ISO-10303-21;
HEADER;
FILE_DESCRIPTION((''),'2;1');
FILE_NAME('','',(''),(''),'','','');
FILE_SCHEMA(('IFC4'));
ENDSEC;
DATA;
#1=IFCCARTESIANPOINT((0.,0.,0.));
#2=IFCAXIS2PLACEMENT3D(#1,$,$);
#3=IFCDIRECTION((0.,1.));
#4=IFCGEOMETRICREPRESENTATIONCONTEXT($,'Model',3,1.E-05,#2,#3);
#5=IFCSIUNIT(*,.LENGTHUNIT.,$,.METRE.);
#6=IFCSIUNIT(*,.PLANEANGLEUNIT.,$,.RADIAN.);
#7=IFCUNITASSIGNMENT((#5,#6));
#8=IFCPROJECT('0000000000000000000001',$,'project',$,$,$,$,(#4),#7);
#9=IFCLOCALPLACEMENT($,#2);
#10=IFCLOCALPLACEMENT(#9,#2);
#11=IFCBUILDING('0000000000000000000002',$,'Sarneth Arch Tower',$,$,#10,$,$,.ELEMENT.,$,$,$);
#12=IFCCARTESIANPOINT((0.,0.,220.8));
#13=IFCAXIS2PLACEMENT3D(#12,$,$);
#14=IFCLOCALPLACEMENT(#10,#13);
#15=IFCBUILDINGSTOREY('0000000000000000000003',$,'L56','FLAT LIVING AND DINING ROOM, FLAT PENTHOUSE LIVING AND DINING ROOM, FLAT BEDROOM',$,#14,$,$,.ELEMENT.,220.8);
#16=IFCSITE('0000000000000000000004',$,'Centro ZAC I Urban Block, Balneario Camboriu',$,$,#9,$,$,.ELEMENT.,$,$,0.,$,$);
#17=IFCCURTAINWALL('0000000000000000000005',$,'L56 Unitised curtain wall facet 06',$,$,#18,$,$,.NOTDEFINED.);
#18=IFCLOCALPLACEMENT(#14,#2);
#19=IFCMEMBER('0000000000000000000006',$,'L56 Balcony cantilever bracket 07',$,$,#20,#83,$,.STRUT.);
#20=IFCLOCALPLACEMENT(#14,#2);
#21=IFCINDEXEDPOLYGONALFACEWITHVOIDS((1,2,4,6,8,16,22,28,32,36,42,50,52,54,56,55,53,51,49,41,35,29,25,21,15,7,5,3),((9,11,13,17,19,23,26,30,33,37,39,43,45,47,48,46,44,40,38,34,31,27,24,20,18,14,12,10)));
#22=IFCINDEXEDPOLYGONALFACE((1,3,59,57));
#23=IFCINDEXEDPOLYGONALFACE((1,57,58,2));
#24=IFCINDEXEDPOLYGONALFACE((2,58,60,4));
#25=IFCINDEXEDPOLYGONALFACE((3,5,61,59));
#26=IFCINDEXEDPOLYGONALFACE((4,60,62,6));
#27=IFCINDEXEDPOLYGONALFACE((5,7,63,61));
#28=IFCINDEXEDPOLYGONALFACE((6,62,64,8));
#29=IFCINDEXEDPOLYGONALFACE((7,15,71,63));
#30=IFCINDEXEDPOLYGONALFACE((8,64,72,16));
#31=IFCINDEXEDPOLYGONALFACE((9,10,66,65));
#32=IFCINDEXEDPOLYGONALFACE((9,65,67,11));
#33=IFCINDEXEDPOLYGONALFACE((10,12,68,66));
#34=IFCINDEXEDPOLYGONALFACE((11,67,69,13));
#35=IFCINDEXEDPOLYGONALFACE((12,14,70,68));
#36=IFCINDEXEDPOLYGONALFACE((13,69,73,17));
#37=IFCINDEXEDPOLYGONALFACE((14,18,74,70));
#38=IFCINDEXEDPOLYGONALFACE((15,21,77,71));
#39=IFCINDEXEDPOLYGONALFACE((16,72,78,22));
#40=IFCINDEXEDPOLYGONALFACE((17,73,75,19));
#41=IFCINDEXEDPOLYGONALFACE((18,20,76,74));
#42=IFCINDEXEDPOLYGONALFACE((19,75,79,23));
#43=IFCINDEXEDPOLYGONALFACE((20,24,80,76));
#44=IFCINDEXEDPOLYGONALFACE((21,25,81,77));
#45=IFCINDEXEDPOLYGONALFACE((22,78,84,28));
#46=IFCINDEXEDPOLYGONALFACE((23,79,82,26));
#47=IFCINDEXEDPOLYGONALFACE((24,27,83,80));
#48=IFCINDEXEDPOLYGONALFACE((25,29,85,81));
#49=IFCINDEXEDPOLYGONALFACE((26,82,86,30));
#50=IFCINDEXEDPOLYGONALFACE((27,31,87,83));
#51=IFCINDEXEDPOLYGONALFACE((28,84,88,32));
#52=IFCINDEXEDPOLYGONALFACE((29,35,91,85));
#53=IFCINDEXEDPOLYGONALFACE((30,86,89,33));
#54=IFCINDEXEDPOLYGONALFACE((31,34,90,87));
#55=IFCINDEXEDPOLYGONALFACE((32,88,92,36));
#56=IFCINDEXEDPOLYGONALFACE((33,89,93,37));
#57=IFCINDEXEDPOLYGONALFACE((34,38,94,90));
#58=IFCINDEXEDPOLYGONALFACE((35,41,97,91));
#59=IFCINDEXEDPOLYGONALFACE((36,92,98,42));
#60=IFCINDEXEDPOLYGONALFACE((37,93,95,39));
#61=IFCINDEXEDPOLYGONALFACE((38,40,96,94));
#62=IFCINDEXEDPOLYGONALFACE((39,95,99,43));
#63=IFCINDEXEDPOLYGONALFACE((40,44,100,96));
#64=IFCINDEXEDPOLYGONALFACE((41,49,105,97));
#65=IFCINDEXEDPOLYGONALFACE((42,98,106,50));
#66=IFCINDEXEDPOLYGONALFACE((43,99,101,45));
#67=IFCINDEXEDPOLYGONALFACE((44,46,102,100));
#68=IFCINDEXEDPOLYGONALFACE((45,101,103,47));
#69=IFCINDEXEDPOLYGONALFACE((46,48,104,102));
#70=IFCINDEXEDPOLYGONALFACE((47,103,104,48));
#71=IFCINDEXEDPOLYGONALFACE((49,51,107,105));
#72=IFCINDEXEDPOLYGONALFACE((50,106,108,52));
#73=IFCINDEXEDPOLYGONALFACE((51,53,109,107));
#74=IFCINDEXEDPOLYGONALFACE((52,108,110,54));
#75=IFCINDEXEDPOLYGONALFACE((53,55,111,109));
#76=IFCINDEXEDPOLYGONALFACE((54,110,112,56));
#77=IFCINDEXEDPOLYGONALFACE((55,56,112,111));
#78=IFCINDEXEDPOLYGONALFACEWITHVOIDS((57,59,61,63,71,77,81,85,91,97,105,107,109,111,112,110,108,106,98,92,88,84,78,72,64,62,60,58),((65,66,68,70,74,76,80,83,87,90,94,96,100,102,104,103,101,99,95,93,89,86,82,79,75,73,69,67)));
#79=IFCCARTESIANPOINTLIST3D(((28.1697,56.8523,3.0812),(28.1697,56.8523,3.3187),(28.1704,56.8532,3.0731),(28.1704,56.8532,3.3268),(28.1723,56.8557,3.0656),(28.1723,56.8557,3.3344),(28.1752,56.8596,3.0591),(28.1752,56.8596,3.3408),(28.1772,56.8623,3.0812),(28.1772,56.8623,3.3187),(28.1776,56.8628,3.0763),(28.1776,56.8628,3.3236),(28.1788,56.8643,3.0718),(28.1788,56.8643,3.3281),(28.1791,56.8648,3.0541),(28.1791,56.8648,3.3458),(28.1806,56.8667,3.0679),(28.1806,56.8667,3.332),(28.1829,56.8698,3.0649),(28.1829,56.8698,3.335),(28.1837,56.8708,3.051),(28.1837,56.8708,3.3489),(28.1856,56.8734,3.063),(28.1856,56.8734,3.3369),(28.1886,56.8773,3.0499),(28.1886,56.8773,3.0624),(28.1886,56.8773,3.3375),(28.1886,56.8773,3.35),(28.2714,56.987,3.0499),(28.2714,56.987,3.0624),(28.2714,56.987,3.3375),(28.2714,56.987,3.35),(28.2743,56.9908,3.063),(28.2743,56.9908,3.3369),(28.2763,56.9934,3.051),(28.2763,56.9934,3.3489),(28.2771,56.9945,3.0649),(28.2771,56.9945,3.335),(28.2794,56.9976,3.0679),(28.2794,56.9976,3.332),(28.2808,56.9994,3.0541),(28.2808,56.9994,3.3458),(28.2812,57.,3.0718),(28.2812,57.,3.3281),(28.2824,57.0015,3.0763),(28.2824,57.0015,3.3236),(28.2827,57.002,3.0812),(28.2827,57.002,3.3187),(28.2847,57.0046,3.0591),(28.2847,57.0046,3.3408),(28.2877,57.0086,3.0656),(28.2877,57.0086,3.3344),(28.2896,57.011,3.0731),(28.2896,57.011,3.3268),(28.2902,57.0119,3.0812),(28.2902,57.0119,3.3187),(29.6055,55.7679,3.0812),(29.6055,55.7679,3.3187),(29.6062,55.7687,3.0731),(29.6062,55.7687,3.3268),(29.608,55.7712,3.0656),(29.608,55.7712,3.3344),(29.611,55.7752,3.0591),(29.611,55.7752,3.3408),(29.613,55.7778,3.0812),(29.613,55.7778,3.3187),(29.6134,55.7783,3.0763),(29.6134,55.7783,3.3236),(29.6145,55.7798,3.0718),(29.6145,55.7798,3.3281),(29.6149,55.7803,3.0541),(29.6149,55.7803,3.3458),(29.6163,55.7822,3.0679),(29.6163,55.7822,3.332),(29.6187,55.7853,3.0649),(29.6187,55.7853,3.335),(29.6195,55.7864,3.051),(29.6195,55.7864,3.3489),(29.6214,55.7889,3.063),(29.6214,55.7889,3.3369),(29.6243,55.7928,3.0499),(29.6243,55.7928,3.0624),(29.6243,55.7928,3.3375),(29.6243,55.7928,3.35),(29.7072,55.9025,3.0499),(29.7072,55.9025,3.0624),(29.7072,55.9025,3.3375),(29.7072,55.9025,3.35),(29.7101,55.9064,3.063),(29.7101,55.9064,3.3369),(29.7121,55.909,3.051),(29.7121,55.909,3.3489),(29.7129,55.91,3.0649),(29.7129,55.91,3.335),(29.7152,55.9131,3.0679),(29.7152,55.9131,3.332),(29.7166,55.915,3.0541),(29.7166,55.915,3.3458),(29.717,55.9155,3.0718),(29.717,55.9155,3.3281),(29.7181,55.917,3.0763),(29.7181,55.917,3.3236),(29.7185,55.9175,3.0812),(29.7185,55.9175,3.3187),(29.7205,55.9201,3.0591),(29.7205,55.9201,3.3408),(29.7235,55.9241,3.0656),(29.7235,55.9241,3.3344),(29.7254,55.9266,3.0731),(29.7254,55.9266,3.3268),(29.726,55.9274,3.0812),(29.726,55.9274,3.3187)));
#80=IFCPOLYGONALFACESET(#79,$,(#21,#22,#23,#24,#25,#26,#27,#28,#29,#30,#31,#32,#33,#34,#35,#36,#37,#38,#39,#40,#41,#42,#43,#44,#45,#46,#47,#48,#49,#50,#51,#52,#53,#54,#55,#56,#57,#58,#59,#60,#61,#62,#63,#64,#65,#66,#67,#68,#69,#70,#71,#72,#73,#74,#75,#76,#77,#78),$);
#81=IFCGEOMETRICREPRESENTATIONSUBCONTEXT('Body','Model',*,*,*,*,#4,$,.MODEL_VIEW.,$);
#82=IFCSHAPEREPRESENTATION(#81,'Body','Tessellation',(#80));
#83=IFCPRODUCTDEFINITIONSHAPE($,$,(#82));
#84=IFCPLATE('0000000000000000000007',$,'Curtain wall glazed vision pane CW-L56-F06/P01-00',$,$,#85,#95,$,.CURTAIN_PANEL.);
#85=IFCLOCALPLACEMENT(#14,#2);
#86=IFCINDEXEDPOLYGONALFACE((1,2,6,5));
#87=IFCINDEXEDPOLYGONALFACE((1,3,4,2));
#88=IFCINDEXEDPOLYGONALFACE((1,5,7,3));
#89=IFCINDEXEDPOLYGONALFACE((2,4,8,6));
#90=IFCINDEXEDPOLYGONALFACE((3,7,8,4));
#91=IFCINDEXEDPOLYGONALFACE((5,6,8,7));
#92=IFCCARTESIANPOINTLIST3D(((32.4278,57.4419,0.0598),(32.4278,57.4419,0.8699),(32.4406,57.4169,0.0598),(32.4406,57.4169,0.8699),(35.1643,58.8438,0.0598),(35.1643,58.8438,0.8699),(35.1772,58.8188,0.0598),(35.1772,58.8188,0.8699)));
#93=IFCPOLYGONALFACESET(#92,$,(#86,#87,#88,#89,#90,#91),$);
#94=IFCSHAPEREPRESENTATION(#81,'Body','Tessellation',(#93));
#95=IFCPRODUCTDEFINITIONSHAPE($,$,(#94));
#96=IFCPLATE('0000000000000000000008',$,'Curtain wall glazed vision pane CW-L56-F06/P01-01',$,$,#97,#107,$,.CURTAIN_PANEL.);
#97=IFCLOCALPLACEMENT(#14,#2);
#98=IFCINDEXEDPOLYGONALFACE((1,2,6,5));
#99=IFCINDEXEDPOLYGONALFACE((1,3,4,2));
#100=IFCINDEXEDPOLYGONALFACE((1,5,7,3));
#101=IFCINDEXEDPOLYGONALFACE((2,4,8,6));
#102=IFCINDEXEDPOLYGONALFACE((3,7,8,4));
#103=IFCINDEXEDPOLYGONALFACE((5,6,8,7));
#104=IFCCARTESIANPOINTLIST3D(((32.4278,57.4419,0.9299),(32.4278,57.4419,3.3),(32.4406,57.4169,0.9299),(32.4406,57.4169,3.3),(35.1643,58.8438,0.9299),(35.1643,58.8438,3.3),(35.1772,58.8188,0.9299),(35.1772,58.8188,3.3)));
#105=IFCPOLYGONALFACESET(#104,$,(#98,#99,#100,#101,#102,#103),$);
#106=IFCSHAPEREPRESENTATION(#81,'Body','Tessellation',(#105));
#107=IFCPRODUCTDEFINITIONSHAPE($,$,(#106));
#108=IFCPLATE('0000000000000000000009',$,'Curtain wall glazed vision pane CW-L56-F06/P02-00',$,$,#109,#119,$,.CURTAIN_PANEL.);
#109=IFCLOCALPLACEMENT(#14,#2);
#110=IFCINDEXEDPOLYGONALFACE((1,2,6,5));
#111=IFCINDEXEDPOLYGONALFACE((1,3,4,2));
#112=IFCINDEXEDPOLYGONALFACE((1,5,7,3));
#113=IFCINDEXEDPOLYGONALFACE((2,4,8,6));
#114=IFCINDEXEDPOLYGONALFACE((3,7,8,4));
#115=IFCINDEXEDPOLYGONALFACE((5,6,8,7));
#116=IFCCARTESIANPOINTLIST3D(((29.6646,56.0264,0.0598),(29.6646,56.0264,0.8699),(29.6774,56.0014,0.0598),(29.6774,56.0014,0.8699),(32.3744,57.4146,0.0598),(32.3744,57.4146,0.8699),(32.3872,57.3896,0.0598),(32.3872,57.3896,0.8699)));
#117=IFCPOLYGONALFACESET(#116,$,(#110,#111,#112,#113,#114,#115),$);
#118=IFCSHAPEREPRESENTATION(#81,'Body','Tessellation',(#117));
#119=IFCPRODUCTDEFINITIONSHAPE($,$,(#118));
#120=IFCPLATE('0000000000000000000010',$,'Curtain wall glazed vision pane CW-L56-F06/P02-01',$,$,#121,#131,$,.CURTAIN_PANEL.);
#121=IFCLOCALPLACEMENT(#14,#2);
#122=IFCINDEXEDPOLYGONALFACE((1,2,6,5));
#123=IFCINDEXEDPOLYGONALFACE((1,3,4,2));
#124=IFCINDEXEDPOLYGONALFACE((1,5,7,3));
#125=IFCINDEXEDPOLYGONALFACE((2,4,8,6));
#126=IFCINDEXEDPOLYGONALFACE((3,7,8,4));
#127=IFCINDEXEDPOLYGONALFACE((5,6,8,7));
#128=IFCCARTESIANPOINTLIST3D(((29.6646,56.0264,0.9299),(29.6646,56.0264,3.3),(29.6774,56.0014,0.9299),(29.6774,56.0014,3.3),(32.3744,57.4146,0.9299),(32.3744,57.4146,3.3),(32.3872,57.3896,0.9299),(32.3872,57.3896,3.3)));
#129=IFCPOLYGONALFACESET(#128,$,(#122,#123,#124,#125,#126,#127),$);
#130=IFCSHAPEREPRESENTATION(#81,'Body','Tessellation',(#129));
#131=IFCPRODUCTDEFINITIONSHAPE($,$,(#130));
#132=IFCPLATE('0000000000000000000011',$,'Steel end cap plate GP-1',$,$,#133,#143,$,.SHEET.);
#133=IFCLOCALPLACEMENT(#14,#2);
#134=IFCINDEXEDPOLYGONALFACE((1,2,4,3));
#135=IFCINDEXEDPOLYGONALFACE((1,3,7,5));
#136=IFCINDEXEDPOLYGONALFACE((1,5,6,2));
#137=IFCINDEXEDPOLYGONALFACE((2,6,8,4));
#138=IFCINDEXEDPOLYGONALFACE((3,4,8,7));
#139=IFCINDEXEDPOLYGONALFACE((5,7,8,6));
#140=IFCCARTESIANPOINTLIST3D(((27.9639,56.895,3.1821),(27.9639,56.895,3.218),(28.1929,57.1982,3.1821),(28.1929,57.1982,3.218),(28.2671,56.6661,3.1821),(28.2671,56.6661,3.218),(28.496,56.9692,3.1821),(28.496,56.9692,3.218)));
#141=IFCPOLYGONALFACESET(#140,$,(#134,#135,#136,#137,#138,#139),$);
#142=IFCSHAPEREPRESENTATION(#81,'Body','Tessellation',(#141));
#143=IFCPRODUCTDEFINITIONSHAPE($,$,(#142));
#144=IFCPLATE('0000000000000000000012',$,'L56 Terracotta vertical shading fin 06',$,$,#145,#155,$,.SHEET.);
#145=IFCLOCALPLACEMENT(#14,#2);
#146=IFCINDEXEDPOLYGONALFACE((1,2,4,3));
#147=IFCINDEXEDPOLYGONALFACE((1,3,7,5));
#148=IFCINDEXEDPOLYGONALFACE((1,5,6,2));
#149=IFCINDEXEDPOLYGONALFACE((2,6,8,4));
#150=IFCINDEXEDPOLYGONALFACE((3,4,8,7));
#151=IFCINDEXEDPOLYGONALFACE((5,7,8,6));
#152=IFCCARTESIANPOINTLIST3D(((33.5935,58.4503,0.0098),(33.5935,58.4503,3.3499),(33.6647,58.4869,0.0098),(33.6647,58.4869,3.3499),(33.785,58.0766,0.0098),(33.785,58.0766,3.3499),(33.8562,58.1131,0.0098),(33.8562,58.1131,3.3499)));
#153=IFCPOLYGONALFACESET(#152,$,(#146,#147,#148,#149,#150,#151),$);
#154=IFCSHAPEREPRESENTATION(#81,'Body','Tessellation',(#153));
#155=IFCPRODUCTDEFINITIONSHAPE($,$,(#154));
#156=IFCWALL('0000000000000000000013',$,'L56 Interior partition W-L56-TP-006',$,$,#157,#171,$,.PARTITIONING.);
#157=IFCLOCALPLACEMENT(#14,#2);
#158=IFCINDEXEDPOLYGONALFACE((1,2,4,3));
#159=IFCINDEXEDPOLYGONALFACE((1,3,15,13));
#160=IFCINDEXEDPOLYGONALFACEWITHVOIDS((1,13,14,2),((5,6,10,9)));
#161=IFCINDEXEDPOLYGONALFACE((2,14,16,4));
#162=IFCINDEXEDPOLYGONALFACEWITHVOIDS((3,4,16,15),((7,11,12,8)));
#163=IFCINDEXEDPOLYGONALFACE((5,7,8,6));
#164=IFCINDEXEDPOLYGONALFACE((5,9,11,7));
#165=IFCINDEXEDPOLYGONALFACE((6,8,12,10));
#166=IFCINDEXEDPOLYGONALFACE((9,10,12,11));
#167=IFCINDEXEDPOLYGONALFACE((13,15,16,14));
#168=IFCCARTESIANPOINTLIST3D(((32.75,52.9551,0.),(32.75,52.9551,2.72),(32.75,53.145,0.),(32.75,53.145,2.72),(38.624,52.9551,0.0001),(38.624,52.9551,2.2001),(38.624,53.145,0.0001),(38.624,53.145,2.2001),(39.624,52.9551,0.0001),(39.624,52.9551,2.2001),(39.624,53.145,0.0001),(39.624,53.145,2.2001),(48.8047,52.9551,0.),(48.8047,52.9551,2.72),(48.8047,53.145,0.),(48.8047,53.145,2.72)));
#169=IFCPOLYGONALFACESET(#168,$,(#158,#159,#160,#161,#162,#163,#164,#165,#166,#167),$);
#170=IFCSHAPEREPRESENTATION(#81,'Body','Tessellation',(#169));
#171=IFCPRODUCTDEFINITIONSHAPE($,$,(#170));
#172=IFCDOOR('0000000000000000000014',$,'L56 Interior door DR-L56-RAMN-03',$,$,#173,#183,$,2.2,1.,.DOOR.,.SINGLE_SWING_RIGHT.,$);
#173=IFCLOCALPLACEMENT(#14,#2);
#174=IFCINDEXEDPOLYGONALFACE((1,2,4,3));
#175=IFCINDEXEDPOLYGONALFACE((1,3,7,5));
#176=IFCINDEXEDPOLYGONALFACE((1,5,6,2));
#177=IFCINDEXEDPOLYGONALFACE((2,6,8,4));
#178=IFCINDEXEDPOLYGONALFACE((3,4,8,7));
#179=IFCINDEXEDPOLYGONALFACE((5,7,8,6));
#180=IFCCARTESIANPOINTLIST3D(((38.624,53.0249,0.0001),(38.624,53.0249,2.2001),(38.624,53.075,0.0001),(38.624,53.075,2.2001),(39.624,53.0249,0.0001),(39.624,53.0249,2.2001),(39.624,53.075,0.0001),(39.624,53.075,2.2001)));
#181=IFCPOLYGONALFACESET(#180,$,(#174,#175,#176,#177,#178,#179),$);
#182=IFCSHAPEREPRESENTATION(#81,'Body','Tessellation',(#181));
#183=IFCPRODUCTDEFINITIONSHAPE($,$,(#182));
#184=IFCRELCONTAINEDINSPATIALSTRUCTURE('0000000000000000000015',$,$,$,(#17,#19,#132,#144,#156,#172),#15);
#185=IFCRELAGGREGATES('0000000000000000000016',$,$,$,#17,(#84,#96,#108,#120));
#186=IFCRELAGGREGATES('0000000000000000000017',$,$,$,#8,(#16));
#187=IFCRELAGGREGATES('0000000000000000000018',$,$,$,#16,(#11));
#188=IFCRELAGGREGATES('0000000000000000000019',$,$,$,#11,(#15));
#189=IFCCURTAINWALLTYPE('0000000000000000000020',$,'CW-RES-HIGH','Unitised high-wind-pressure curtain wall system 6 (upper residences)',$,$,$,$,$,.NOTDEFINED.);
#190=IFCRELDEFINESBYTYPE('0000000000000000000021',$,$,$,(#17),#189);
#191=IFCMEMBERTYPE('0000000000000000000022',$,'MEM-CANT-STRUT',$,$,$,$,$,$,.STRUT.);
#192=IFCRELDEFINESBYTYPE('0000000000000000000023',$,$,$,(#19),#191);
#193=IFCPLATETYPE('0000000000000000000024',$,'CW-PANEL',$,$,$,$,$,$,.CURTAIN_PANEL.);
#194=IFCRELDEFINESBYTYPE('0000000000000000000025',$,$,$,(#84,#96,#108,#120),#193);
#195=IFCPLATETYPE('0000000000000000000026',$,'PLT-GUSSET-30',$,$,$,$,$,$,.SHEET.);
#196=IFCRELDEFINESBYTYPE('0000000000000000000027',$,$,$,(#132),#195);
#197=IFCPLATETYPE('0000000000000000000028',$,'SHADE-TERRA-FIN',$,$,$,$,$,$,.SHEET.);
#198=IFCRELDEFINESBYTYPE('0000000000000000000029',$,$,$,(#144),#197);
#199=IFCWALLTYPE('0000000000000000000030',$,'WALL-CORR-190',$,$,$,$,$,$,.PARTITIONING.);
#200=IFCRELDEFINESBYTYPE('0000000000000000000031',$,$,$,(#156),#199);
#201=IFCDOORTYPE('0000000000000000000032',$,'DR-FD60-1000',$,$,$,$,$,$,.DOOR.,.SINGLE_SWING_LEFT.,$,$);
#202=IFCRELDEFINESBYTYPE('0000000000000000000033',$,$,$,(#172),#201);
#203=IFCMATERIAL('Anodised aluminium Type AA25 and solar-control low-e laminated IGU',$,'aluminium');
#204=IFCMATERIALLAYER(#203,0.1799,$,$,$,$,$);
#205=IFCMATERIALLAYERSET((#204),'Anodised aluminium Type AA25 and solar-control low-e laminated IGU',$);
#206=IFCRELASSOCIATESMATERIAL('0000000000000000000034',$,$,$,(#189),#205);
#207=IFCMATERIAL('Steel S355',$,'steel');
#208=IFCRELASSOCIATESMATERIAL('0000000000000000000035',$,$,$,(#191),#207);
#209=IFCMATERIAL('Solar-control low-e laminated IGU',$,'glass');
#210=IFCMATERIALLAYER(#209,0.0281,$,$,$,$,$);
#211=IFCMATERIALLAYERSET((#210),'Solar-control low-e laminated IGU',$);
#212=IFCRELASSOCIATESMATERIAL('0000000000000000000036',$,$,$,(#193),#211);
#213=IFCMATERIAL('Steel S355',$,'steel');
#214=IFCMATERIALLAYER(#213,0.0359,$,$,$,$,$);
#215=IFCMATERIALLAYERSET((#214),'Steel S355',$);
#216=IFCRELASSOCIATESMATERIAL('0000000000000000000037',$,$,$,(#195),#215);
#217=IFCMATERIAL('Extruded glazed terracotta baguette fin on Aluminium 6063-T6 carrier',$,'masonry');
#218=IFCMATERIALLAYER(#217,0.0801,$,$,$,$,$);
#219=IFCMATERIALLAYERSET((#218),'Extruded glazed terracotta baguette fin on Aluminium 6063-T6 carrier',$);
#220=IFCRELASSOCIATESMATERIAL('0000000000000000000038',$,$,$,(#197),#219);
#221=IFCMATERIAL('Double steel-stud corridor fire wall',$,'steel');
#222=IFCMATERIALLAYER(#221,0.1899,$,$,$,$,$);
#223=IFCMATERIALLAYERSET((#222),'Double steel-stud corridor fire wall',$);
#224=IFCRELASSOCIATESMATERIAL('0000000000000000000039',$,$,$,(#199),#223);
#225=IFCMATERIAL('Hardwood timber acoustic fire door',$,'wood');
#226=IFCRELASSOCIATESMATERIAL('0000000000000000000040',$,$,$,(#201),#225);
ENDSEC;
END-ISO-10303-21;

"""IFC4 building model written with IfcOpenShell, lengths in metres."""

from ifc_helpers import new_model, si_unit, direction, frame, frame_2d, origin, origin_2d, place, context, subcontext, project, spatial, rectangle, hollow_rectangle, extrude, material, layer, layer_set, material_profile, profile_set, type_object, element, fill, aggregate, save


model = new_model("IFC4")

# Units and contexts
model_context = context("Model", 3, precision=1e-05, world=origin(), true_north=direction((0.0, 1.0)))
body_context = subcontext(model_context, "Body", "Model", "MODEL_VIEW")
ifc_project = project(units=[si_unit("LENGTHUNIT", "METRE"), si_unit("PLANEANGLEUNIT", "RADIAN")], contexts=[model_context])

# Site, building, storey
site_placement = place(None, origin())
site = spatial("IfcSite", under=ifc_project, at=site_placement, Name="Centro ZAC I Urban Block, Balneario Camboriu", CompositionType="ELEMENT", RefElevation=0.0)
building_placement = place(site_placement, origin())
building = spatial("IfcBuilding", under=site, at=building_placement, Name="Sarneth Arch Tower", CompositionType="ELEMENT")
storey_placement = place(building_placement, frame((0.0, 0.0, 220.8)))
storey = spatial("IfcBuildingStorey", under=building, at=storey_placement, Name="L56", Description="FLAT LIVING AND DINING ROOM, FLAT PENTHOUSE LIVING AND DINING ROOM, FLAT BEDROOM", CompositionType="ELEMENT", Elevation=220.8)

# Curtain wall
ifc_material_1 = material(Name="Anodised aluminium Type AA25 and solar-control low-e laminated IGU", Category="aluminium")
ifc_layer_1 = layer(ifc_material_1, 0.1799)
ifc_layer_set_1 = layer_set([ifc_layer_1], Name="Anodised aluminium Type AA25 and solar-control low-e laminated IGU")
curtain_wall_type = type_object("IfcCurtainWallType", Name="CW-RES-HIGH", Description="Unitised high-wind-pressure curtain wall system 6 (upper residences)", PredefinedType="NOTDEFINED", material=ifc_layer_set_1)
curtain_wall_placement = place(storey_placement, origin())
curtain_wall = element("IfcCurtainWall", 1, at=curtain_wall_placement, inside=storey, type_object=curtain_wall_type, Name="L56 Unitised curtain wall facet 06", PredefinedType="NOTDEFINED")

# Member
ifc_material_2 = material(Name="Steel S355", Category="steel")
ifc_material_profile_1 = material_profile(ifc_material_2, hollow_rectangle(XDim=0.2, YDim=0.3, WallThickness=0.0125, InnerFilletRadius=0.0188, OuterFilletRadius=0.0312, at=origin_2d()), Name="RHS300x200x12.5")
ifc_profile_set_1 = profile_set([ifc_material_profile_1], Name="Steel S355")
member_type_1 = type_object("IfcMemberType", Name="MEM-CANT-STRUT", PredefinedType="STRUT", material=ifc_profile_set_1)
member_1_placement = place(storey_placement, frame((29.6658, 55.8477, 3.2), z_axis=(-0.79796, 0.60271, 0.0), x_axis=(-0.60271, -0.79796, 0.0)))
element("IfcMember", 2, at=member_1_placement, inside=storey, type_object=member_type_1, Name="L56 Balcony cantilever bracket 07", PredefinedType="STRUT", context=body_context, shape_type="SweptSolid", body=[
    extrude(hollow_rectangle(XDim=0.2, YDim=0.3, WallThickness=0.0125, InnerFilletRadius=0.0188, OuterFilletRadius=0.0312, at=origin_2d()), origin(), (0.0, 0.0, 1.0), 1.7993),
])

# Plates
ifc_material_3 = material(Name="Solar-control low-e laminated IGU", Category="glass")
ifc_layer_2 = layer(ifc_material_3, 0.0281)
ifc_layer_set_2 = layer_set([ifc_layer_2], Name="Solar-control low-e laminated IGU")
plate_type_1 = type_object("IfcPlateType", Name="CW-PANEL", PredefinedType="CURTAIN_PANEL", material=ifc_layer_set_2)
plate_1_placement = place(storey_placement, frame((33.8025, 58.1304, 0.0598), z_axis=(0.0, 0.0, 1.0), x_axis=(-0.89001, -0.455942, 0.0)))
plate_1 = element("IfcPlate", 3, at=plate_1_placement, type_object=plate_type_1, Name="Curtain wall glazed vision pane CW-L56-F06/P01-00", PredefinedType="CURTAIN_PANEL", context=body_context, shape_type="SweptSolid", body=[
    extrude(rectangle(XDim=3.0747, YDim=0.0281, at=origin_2d()), origin(), (0.0, 0.0, 1.0), 0.8101),
])
plate_2_placement = place(storey_placement, frame((33.8025, 58.1304, 0.9299), z_axis=(0.0, 0.0, 1.0), x_axis=(-0.89001, -0.455942, 0.0)))
plate_2 = element("IfcPlate", 4, at=plate_2_placement, type_object=plate_type_1, Name="Curtain wall glazed vision pane CW-L56-F06/P01-01", PredefinedType="CURTAIN_PANEL", context=body_context, shape_type="SweptSolid", body=[
    extrude(rectangle(XDim=3.0747, YDim=0.0281, at=origin_2d()), origin(), (0.0, 0.0, 1.0), 2.3701),
])
plate_3_placement = place(storey_placement, frame((31.0259, 56.708, 0.0598), z_axis=(0.0, 0.0, 1.0), x_axis=(-0.89001, -0.455942, 0.0)))
plate_3 = element("IfcPlate", 5, at=plate_3_placement, type_object=plate_type_1, Name="Curtain wall glazed vision pane CW-L56-F06/P02-00", PredefinedType="CURTAIN_PANEL", context=body_context, shape_type="SweptSolid", body=[
    extrude(rectangle(XDim=3.0447, YDim=0.0281, at=origin_2d()), origin(), (0.0, 0.0, 1.0), 0.8101),
])
plate_4_placement = place(storey_placement, frame((31.0259, 56.708, 0.9299), z_axis=(0.0, 0.0, 1.0), x_axis=(-0.89001, -0.455942, 0.0)))
plate_4 = element("IfcPlate", 6, at=plate_4_placement, type_object=plate_type_1, Name="Curtain wall glazed vision pane CW-L56-F06/P02-01", PredefinedType="CURTAIN_PANEL", context=body_context, shape_type="SweptSolid", body=[
    extrude(rectangle(XDim=3.0447, YDim=0.0281, at=origin_2d()), origin(), (0.0, 0.0, 1.0), 2.3701),
])
aggregate(curtain_wall, [plate_1, plate_2, plate_3, plate_4])

# Plates
ifc_material_4 = material(Name="Steel S355", Category="steel")
ifc_layer_3 = layer(ifc_material_4, 0.0359)
ifc_layer_set_3 = layer_set([ifc_layer_3], Name="Steel S355")
plate_type_2 = type_object("IfcPlateType", Name="PLT-GUSSET-30", PredefinedType="SHEET", material=ifc_layer_set_3)
plate_5_placement = place(storey_placement, frame((28.23, 56.9321, 3.1821), z_axis=(0.0, 0.0, 1.0), x_axis=(-0.798005, 0.602651, 0.0)))
element("IfcPlate", 7, at=plate_5_placement, inside=storey, type_object=plate_type_2, Name="Steel end cap plate GP-1", PredefinedType="SHEET", context=body_context, shape_type="SweptSolid", body=[
    extrude(rectangle(XDim=0.3799, YDim=0.3799, at=origin_2d()), origin(), (0.0, 0.0, 1.0), 0.0359),
])
ifc_material_5 = material(Name="Extruded glazed terracotta baguette fin on Aluminium 6063-T6 carrier", Category="masonry")
ifc_layer_4 = layer(ifc_material_5, 0.0801)
ifc_layer_set_4 = layer_set([ifc_layer_4], Name="Extruded glazed terracotta baguette fin on Aluminium 6063-T6 carrier")
plate_type_3 = type_object("IfcPlateType", Name="SHADE-TERRA-FIN", PredefinedType="SHEET", material=ifc_layer_set_4)
plate_6_placement = place(storey_placement, frame((33.7249, 58.2817, 0.0098), z_axis=(0.0, 0.0, 1.0), x_axis=(-0.456011, 0.889974, 0.0)))
element("IfcPlate", 8, at=plate_6_placement, inside=storey, type_object=plate_type_3, Name="L56 Terracotta vertical shading fin 06", PredefinedType="SHEET", context=body_context, shape_type="SweptSolid", body=[
    extrude(rectangle(XDim=0.4199, YDim=0.0801, at=origin_2d()), origin(), (0.0, 0.0, 1.0), 3.3401),
])

# Wall, opening, door
ifc_material_6 = material(Name="Double steel-stud corridor fire wall", Category="steel")
ifc_layer_5 = layer(ifc_material_6, 0.1899)
ifc_layer_set_5 = layer_set([ifc_layer_5], Name="Double steel-stud corridor fire wall")
wall_type_1 = type_object("IfcWallType", Name="WALL-CORR-190", PredefinedType="PARTITIONING", material=ifc_layer_set_5)
wall_1_placement = place(storey_placement, frame((32.75, 53.05, 0.0), z_axis=(0.0, 0.0, 1.0), x_axis=(1.0, 0.0, 0.0)))
wall_1 = element("IfcWall", 9, at=wall_1_placement, inside=storey, type_object=wall_type_1, Name="L56 Interior partition W-L56-TP-006", PredefinedType="PARTITIONING", context=body_context, shape_type="SweptSolid", body=[
    extrude(rectangle(XDim=16.0547, YDim=0.1899, at=frame_2d((8.0273, 0.0))), origin(), (0.0, 0.0, 1.0), 2.72),
])
opening_1_placement = place(wall_1_placement, frame((5.874, 0.0, 0.0)))
opening_1 = element("IfcOpeningElement", 10, at=opening_1_placement, cuts=wall_1, PredefinedType="OPENING", context=body_context, shape_type="SweptSolid", body=[
    extrude(rectangle(XDim=1.0, YDim=2.2, at=frame_2d((0.5, 1.1001))), frame((0.0, 0.105, 0.0), z_axis=(0.0, -1.0, 0.0), x_axis=(1.0, 0.0, 0.0)), (0.0, 0.0, 1.0), 0.21),
])
ifc_material_7 = material(Name="Hardwood timber acoustic fire door", Category="wood")
door_type_1 = type_object("IfcDoorType", Name="DR-FD60-1000", OperationType="SINGLE_SWING_LEFT", PredefinedType="DOOR", material=ifc_material_7)
door_1_placement = place(opening_1_placement, origin())
door_1 = element("IfcDoor", 11, at=door_1_placement, inside=storey, type_object=door_type_1, Name="L56 Interior door DR-L56-RAMN-03", OperationType="SINGLE_SWING_RIGHT", OverallHeight=2.2, OverallWidth=1.0, PredefinedType="DOOR", context=body_context, shape_type="SweptSolid", body=[
    extrude(rectangle(XDim=1.0, YDim=2.2, at=frame_2d((0.5, 1.1001))), frame((0.0, 0.0249, 0.0), z_axis=(0.0, -1.0, 0.0), x_axis=(1.0, 0.0, 0.0)), (0.0, 0.0, 1.0), 0.05),
])
fill(opening_1, door_1)

save(model, "model.ifc")
